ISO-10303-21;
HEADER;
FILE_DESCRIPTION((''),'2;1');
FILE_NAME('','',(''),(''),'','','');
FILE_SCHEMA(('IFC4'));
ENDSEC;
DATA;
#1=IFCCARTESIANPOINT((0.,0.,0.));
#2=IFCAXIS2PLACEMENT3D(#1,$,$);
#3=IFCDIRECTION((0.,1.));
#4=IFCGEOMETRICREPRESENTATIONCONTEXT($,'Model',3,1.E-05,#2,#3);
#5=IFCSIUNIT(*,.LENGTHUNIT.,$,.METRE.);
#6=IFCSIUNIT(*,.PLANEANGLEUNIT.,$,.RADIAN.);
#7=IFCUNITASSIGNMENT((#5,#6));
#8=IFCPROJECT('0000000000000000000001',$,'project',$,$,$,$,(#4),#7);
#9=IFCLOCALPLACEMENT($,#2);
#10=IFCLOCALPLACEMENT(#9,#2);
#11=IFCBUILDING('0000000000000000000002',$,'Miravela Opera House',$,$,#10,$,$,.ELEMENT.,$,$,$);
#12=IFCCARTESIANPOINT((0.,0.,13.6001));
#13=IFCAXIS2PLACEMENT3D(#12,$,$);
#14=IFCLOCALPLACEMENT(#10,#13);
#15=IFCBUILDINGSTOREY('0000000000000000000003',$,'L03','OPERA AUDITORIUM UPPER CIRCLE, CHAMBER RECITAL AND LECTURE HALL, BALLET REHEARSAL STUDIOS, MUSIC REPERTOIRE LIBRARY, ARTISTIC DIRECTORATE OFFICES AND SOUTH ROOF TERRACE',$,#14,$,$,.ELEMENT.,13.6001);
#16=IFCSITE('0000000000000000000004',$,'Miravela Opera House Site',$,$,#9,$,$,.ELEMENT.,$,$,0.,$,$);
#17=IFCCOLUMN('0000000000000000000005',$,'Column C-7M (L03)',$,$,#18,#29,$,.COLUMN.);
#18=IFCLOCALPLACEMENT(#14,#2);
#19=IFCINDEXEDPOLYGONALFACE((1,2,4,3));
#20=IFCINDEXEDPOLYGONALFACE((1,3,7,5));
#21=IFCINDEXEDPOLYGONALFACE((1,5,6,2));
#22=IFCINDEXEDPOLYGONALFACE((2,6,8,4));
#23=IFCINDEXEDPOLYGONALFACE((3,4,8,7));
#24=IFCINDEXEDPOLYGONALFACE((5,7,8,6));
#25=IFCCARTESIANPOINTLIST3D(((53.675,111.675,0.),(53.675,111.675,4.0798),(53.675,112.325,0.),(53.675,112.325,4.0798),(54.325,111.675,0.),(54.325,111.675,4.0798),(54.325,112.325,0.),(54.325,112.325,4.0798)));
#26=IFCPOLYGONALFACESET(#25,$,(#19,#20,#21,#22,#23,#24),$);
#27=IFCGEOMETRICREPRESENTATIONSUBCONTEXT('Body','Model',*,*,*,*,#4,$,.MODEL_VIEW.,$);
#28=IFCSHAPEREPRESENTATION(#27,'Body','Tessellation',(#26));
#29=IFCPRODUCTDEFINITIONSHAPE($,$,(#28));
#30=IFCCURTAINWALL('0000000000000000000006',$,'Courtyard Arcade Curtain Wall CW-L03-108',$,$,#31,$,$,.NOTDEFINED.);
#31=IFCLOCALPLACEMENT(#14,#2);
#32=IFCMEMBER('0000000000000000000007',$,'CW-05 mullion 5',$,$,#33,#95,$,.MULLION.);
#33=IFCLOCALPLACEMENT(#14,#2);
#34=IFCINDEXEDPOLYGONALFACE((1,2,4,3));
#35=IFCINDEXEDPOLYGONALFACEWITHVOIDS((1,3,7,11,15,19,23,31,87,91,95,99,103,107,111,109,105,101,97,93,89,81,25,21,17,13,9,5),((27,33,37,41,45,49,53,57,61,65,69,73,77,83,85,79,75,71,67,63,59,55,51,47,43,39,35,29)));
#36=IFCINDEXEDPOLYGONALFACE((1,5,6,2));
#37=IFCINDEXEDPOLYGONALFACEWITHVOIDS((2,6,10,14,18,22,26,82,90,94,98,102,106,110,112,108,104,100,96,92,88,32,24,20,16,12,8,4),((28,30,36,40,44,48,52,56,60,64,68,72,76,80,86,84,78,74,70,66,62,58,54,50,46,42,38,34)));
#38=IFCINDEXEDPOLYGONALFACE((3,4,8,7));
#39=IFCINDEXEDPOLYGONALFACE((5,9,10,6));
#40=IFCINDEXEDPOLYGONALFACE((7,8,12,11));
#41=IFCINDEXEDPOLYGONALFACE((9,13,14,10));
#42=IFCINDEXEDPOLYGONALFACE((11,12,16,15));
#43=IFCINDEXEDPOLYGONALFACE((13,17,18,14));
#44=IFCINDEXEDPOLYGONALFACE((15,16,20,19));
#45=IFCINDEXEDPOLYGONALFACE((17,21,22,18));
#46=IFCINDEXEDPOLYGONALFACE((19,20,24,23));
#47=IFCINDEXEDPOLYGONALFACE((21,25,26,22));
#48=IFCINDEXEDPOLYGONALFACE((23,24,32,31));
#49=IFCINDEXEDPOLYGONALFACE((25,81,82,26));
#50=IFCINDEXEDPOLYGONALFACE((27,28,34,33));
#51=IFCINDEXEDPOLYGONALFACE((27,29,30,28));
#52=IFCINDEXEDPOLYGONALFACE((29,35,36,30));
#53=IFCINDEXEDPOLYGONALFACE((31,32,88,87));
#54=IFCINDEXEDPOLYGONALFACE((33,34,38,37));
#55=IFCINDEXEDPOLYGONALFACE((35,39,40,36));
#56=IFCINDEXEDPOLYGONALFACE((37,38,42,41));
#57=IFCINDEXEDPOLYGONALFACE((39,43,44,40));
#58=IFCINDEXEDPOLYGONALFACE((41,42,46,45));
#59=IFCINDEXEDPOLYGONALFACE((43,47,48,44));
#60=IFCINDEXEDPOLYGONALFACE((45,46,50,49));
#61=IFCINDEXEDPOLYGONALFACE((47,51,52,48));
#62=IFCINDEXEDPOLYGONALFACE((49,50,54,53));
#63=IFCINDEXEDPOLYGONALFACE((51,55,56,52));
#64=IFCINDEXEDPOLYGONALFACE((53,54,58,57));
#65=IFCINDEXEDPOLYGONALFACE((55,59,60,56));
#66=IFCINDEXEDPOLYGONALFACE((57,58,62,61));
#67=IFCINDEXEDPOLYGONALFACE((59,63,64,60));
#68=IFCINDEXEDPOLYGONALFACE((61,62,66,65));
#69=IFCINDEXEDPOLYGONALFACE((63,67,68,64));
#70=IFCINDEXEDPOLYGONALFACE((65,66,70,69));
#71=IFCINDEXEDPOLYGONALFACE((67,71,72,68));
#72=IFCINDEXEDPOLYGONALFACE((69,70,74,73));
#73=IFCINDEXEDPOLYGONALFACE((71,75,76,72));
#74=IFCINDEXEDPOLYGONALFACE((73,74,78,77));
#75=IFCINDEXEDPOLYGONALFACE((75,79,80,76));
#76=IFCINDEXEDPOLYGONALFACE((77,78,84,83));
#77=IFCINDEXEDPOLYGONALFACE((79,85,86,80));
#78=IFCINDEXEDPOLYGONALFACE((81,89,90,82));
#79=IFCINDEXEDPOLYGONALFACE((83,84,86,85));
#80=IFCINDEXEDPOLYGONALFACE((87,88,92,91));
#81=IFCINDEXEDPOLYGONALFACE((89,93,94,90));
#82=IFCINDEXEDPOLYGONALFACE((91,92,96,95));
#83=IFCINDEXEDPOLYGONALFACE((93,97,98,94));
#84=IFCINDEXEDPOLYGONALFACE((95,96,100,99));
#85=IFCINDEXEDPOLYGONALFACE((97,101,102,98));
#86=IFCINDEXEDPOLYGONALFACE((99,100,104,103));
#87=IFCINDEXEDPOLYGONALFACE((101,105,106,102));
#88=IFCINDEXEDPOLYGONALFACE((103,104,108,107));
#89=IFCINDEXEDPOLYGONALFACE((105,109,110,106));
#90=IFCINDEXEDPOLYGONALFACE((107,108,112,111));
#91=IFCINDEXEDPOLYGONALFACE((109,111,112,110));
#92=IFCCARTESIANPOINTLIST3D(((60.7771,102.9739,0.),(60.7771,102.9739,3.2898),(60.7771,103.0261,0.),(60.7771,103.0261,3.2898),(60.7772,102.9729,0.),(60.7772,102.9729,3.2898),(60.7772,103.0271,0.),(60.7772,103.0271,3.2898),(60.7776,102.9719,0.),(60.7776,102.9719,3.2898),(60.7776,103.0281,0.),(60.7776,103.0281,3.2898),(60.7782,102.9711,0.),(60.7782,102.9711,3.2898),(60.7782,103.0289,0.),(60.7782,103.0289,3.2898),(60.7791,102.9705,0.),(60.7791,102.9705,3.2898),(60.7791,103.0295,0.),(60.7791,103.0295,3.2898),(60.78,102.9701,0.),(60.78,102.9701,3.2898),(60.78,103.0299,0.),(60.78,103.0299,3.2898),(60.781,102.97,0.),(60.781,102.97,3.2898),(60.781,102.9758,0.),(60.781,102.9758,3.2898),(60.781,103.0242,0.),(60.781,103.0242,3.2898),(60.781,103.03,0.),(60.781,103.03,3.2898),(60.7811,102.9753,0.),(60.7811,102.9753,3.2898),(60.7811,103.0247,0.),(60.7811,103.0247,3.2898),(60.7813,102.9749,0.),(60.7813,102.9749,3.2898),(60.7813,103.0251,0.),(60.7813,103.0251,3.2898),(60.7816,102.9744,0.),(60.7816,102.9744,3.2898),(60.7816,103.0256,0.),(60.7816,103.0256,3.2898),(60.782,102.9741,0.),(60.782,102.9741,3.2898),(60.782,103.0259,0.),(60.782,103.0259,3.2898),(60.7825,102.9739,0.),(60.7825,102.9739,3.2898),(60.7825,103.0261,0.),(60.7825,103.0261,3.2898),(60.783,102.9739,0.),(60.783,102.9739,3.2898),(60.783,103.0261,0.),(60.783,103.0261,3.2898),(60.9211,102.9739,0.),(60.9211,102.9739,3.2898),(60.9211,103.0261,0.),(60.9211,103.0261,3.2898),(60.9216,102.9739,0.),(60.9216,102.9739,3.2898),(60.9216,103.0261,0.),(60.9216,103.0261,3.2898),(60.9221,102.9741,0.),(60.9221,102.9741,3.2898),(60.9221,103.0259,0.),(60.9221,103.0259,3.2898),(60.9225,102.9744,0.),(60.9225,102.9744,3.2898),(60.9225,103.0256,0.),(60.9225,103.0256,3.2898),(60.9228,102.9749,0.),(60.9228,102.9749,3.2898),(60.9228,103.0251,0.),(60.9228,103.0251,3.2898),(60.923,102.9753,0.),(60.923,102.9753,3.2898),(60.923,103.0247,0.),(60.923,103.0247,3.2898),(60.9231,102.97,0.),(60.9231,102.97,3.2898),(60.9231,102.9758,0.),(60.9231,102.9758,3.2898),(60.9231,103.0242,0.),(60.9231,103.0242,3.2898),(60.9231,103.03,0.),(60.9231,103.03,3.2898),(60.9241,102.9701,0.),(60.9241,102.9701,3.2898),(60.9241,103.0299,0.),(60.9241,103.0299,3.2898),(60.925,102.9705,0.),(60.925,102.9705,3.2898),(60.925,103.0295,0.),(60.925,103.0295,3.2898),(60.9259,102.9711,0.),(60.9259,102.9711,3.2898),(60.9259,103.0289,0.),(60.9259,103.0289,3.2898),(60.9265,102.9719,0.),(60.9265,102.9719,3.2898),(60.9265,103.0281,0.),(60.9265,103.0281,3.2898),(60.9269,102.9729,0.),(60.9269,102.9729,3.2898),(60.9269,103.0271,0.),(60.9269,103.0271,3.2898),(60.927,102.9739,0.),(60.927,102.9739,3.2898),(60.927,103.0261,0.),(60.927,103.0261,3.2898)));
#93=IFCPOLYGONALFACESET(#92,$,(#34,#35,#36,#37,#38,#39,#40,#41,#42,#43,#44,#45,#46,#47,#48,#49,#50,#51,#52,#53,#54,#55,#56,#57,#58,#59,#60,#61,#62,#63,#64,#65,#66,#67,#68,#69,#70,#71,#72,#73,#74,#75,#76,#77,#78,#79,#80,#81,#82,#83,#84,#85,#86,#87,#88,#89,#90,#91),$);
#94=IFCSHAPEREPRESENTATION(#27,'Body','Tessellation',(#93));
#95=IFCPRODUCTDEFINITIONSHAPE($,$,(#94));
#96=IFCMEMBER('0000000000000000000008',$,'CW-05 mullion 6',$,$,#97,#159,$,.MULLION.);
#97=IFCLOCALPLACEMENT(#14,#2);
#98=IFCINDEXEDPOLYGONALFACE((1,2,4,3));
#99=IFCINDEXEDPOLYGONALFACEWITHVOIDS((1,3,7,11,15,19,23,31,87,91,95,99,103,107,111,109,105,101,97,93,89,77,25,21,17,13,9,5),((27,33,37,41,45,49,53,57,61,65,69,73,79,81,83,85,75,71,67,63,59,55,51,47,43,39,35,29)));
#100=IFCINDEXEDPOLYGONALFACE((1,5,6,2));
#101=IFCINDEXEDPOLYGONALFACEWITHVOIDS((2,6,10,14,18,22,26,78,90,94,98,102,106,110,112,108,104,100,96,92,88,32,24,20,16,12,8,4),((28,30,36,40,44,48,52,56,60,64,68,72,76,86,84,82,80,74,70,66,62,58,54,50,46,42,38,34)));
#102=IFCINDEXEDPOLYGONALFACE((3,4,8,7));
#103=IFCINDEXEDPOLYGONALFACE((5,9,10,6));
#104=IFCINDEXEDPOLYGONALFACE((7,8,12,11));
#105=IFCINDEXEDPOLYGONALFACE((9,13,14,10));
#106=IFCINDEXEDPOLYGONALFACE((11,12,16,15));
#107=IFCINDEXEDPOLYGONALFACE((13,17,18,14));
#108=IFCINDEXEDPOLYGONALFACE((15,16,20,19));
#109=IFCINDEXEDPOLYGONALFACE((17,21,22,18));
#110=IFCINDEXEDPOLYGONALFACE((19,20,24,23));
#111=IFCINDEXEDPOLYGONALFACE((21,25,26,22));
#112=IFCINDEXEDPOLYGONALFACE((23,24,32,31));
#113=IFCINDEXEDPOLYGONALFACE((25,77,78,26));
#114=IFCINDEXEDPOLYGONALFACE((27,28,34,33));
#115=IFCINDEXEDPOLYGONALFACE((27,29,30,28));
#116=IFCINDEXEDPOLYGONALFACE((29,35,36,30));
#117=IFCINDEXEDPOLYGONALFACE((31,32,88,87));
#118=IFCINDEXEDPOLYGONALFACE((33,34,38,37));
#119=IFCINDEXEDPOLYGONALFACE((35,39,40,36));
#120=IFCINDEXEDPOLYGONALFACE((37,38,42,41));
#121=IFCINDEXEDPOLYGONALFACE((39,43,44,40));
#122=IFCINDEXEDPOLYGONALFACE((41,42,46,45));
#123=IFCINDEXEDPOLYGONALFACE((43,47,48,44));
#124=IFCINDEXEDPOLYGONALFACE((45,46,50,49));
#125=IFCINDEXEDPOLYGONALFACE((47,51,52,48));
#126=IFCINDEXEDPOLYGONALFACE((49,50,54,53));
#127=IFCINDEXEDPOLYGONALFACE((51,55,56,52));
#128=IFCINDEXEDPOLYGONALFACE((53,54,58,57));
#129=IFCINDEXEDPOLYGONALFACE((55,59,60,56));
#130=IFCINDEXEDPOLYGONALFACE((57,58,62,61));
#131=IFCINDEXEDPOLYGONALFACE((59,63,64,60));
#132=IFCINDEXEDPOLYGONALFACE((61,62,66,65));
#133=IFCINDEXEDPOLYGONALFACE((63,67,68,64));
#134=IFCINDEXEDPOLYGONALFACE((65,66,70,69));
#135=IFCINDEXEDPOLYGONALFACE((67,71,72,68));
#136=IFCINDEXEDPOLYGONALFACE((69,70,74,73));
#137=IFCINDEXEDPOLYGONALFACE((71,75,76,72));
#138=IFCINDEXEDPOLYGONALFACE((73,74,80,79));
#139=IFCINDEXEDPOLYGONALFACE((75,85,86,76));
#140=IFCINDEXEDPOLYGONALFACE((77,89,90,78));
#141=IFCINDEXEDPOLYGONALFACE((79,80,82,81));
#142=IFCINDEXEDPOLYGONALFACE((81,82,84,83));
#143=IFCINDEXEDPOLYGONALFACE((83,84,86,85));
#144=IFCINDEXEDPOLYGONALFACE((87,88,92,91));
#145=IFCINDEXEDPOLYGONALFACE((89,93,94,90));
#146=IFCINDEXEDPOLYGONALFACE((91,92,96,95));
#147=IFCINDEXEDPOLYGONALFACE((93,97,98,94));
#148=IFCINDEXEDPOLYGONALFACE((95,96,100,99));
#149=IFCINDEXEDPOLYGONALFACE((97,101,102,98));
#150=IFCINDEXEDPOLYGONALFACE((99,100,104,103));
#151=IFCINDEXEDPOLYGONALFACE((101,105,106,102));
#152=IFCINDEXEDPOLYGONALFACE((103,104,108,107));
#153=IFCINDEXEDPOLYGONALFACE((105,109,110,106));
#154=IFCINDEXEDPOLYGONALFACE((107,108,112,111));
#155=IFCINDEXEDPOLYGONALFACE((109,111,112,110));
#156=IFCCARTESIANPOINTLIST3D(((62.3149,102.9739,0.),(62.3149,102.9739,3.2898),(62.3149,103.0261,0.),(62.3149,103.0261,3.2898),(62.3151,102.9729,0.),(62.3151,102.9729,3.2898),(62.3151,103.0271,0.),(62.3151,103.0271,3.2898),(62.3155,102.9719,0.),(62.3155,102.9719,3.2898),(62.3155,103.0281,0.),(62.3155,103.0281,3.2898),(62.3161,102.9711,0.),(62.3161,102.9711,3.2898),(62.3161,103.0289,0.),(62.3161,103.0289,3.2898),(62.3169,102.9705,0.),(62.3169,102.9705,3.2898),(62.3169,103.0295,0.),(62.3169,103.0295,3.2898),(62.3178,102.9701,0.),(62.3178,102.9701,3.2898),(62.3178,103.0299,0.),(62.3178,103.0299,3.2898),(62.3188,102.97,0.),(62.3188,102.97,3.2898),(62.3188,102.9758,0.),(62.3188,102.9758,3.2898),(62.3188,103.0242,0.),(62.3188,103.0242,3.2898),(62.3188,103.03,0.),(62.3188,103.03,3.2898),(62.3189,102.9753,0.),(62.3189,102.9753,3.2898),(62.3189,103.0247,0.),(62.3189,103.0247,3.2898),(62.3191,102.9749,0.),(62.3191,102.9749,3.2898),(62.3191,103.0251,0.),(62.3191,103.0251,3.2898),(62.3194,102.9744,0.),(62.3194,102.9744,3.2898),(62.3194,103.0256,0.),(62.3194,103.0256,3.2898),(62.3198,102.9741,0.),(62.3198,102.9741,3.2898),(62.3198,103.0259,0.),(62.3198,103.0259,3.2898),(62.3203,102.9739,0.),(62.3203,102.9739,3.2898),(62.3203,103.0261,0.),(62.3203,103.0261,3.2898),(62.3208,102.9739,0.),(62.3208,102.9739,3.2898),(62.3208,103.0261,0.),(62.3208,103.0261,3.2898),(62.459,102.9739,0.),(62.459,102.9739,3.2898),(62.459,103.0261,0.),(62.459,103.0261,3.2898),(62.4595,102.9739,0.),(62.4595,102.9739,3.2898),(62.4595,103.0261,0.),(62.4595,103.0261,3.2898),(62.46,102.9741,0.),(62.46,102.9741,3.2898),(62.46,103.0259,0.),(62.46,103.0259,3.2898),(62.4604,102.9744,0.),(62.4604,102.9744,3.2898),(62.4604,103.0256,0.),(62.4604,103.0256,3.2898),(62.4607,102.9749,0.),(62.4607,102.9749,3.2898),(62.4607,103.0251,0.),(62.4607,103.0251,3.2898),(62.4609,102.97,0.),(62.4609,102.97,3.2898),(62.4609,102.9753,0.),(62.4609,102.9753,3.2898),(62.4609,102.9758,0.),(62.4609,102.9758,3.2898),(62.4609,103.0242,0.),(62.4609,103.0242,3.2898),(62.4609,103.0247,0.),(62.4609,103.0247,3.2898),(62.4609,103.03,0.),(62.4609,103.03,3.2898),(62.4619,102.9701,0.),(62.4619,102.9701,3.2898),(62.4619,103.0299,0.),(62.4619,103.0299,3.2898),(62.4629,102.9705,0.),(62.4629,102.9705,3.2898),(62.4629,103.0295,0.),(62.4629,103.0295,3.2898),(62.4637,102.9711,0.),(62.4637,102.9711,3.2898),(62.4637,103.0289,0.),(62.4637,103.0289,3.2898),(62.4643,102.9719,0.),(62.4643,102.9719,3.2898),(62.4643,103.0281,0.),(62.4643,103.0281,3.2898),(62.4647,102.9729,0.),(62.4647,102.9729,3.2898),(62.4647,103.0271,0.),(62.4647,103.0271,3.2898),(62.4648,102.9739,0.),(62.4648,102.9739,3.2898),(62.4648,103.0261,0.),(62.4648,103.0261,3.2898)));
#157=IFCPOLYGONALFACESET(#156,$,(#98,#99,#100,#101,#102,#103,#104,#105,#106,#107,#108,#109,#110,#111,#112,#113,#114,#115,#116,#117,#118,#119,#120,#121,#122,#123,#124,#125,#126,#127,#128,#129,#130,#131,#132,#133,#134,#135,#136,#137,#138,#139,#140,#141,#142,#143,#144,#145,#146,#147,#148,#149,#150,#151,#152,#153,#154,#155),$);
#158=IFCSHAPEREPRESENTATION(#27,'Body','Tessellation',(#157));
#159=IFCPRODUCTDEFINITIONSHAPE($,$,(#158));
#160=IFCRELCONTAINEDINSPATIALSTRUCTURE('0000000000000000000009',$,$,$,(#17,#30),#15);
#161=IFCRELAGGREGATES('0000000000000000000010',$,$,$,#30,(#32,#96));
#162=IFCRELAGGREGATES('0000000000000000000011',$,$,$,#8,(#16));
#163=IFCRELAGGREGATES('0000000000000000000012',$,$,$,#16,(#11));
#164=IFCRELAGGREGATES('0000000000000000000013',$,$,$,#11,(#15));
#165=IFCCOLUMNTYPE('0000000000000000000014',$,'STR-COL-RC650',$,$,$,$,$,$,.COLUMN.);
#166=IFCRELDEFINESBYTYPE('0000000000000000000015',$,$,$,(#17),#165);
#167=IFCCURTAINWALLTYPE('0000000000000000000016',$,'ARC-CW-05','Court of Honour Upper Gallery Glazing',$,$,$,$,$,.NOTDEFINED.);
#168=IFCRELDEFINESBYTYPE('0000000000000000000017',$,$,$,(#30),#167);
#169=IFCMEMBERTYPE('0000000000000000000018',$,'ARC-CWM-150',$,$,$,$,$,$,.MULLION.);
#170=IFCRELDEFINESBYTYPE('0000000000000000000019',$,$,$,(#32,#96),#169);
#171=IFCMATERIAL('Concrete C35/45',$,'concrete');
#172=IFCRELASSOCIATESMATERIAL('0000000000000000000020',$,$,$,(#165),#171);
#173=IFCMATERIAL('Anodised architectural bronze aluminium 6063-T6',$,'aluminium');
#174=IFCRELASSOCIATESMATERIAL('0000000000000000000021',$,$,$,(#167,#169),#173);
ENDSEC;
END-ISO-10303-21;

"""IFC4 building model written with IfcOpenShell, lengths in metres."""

from ifc_helpers import new_model, si_unit, direction, frame, origin, origin_2d, place, context, subcontext, project, spatial, rectangle, hollow_rectangle, extrude, material, material_profile, profile_set, type_object, element, aggregate, save


model = new_model("IFC4")

# Units and contexts
model_context = context("Model", 3, precision=1e-05, world=origin(), true_north=direction((0.0, 1.0)))
body_context = subcontext(model_context, "Body", "Model", "MODEL_VIEW")
ifc_project = project(units=[si_unit("LENGTHUNIT", "METRE"), si_unit("PLANEANGLEUNIT", "RADIAN")], contexts=[model_context])

# Site, building, storey
site_placement = place(None, origin())
site = spatial("IfcSite", under=ifc_project, at=site_placement, Name="Miravela Opera House Site", CompositionType="ELEMENT", RefElevation=0.0)
building_placement = place(site_placement, origin())
building = spatial("IfcBuilding", under=site, at=building_placement, Name="Miravela Opera House", CompositionType="ELEMENT")
storey_placement = place(building_placement, frame((0.0, 0.0, 13.6001)))
storey = spatial("IfcBuildingStorey", under=building, at=storey_placement, Name="L03", Description="OPERA AUDITORIUM UPPER CIRCLE, CHAMBER RECITAL AND LECTURE HALL, BALLET REHEARSAL STUDIOS, MUSIC REPERTOIRE LIBRARY, ARTISTIC DIRECTORATE OFFICES AND SOUTH ROOF TERRACE", CompositionType="ELEMENT", Elevation=13.6001)

# Column
ifc_material_1 = material(Name="Concrete C35/45", Category="concrete")
ifc_material_profile_1 = material_profile(ifc_material_1, rectangle(XDim=0.6499, YDim=0.6499, at=origin_2d()), Name="RC-COL-650X650")
ifc_profile_set_1 = profile_set([ifc_material_profile_1])
column_type = type_object("IfcColumnType", Name="STR-COL-RC650", PredefinedType="COLUMN", material=ifc_profile_set_1)
column_placement = place(storey_placement, frame((54.0, 112.0, 0.0), z_axis=(0.0, 0.0, 1.0), x_axis=(1.0, 0.0, 0.0)))
element("IfcColumn", 1, at=column_placement, inside=storey, type_object=column_type, Name="Column C-7M (L03)", PredefinedType="COLUMN", context=body_context, shape_type="SweptSolid", body=[
    extrude(rectangle(XDim=0.6499, YDim=0.6499, at=origin_2d()), origin(), (0.0, 0.0, 1.0), 4.0798),
])

# Curtain wall, members
ifc_material_2 = material(Name="Anodised architectural bronze aluminium 6063-T6", Category="aluminium")
curtain_wall_type = type_object("IfcCurtainWallType", Name="ARC-CW-05", Description="Court of Honour Upper Gallery Glazing", PredefinedType="NOTDEFINED", material=ifc_material_2)
curtain_wall_placement = place(storey_placement, origin())
curtain_wall = element("IfcCurtainWall", 2, at=curtain_wall_placement, inside=storey, type_object=curtain_wall_type, Name="Courtyard Arcade Curtain Wall CW-L03-108", PredefinedType="NOTDEFINED")
ifc_material_profile_2 = material_profile(ifc_material_2, hollow_rectangle(XDim=0.0601, YDim=0.1499, WallThickness=0.0039, InnerFilletRadius=0.002, OuterFilletRadius=0.0039, at=origin_2d()), Name="CWM-60X150")
ifc_profile_set_2 = profile_set([ifc_material_profile_2])
member_type_1 = type_object("IfcMemberType", Name="ARC-CWM-150", PredefinedType="MULLION", material=ifc_profile_set_2)
member_1_placement = place(storey_placement, frame((60.8521, 103.0, 0.0), z_axis=(0.0, 0.0, 1.0), x_axis=(0.0, 1.0, 0.0)))
member_1 = element("IfcMember", 3, at=member_1_placement, type_object=member_type_1, Name="CW-05 mullion 5", PredefinedType="MULLION", context=body_context, shape_type="SweptSolid", body=[
    extrude(hollow_rectangle(XDim=0.0601, YDim=0.1499, WallThickness=0.0039, InnerFilletRadius=0.002, OuterFilletRadius=0.0039, at=origin_2d()), origin(), (0.0, 0.0, 1.0), 3.2898),
])
member_2_placement = place(storey_placement, frame((62.3899, 103.0, 0.0), z_axis=(0.0, 0.0, 1.0), x_axis=(0.0, 1.0, 0.0)))
member_2 = element("IfcMember", 4, at=member_2_placement, type_object=member_type_1, Name="CW-05 mullion 6", PredefinedType="MULLION", context=body_context, shape_type="SweptSolid", body=[
    extrude(hollow_rectangle(XDim=0.0601, YDim=0.1499, WallThickness=0.0039, InnerFilletRadius=0.002, OuterFilletRadius=0.0039, at=origin_2d()), origin(), (0.0, 0.0, 1.0), 3.2898),
])

aggregate(curtain_wall, [member_1, member_2])

save(model, "model.ifc")
